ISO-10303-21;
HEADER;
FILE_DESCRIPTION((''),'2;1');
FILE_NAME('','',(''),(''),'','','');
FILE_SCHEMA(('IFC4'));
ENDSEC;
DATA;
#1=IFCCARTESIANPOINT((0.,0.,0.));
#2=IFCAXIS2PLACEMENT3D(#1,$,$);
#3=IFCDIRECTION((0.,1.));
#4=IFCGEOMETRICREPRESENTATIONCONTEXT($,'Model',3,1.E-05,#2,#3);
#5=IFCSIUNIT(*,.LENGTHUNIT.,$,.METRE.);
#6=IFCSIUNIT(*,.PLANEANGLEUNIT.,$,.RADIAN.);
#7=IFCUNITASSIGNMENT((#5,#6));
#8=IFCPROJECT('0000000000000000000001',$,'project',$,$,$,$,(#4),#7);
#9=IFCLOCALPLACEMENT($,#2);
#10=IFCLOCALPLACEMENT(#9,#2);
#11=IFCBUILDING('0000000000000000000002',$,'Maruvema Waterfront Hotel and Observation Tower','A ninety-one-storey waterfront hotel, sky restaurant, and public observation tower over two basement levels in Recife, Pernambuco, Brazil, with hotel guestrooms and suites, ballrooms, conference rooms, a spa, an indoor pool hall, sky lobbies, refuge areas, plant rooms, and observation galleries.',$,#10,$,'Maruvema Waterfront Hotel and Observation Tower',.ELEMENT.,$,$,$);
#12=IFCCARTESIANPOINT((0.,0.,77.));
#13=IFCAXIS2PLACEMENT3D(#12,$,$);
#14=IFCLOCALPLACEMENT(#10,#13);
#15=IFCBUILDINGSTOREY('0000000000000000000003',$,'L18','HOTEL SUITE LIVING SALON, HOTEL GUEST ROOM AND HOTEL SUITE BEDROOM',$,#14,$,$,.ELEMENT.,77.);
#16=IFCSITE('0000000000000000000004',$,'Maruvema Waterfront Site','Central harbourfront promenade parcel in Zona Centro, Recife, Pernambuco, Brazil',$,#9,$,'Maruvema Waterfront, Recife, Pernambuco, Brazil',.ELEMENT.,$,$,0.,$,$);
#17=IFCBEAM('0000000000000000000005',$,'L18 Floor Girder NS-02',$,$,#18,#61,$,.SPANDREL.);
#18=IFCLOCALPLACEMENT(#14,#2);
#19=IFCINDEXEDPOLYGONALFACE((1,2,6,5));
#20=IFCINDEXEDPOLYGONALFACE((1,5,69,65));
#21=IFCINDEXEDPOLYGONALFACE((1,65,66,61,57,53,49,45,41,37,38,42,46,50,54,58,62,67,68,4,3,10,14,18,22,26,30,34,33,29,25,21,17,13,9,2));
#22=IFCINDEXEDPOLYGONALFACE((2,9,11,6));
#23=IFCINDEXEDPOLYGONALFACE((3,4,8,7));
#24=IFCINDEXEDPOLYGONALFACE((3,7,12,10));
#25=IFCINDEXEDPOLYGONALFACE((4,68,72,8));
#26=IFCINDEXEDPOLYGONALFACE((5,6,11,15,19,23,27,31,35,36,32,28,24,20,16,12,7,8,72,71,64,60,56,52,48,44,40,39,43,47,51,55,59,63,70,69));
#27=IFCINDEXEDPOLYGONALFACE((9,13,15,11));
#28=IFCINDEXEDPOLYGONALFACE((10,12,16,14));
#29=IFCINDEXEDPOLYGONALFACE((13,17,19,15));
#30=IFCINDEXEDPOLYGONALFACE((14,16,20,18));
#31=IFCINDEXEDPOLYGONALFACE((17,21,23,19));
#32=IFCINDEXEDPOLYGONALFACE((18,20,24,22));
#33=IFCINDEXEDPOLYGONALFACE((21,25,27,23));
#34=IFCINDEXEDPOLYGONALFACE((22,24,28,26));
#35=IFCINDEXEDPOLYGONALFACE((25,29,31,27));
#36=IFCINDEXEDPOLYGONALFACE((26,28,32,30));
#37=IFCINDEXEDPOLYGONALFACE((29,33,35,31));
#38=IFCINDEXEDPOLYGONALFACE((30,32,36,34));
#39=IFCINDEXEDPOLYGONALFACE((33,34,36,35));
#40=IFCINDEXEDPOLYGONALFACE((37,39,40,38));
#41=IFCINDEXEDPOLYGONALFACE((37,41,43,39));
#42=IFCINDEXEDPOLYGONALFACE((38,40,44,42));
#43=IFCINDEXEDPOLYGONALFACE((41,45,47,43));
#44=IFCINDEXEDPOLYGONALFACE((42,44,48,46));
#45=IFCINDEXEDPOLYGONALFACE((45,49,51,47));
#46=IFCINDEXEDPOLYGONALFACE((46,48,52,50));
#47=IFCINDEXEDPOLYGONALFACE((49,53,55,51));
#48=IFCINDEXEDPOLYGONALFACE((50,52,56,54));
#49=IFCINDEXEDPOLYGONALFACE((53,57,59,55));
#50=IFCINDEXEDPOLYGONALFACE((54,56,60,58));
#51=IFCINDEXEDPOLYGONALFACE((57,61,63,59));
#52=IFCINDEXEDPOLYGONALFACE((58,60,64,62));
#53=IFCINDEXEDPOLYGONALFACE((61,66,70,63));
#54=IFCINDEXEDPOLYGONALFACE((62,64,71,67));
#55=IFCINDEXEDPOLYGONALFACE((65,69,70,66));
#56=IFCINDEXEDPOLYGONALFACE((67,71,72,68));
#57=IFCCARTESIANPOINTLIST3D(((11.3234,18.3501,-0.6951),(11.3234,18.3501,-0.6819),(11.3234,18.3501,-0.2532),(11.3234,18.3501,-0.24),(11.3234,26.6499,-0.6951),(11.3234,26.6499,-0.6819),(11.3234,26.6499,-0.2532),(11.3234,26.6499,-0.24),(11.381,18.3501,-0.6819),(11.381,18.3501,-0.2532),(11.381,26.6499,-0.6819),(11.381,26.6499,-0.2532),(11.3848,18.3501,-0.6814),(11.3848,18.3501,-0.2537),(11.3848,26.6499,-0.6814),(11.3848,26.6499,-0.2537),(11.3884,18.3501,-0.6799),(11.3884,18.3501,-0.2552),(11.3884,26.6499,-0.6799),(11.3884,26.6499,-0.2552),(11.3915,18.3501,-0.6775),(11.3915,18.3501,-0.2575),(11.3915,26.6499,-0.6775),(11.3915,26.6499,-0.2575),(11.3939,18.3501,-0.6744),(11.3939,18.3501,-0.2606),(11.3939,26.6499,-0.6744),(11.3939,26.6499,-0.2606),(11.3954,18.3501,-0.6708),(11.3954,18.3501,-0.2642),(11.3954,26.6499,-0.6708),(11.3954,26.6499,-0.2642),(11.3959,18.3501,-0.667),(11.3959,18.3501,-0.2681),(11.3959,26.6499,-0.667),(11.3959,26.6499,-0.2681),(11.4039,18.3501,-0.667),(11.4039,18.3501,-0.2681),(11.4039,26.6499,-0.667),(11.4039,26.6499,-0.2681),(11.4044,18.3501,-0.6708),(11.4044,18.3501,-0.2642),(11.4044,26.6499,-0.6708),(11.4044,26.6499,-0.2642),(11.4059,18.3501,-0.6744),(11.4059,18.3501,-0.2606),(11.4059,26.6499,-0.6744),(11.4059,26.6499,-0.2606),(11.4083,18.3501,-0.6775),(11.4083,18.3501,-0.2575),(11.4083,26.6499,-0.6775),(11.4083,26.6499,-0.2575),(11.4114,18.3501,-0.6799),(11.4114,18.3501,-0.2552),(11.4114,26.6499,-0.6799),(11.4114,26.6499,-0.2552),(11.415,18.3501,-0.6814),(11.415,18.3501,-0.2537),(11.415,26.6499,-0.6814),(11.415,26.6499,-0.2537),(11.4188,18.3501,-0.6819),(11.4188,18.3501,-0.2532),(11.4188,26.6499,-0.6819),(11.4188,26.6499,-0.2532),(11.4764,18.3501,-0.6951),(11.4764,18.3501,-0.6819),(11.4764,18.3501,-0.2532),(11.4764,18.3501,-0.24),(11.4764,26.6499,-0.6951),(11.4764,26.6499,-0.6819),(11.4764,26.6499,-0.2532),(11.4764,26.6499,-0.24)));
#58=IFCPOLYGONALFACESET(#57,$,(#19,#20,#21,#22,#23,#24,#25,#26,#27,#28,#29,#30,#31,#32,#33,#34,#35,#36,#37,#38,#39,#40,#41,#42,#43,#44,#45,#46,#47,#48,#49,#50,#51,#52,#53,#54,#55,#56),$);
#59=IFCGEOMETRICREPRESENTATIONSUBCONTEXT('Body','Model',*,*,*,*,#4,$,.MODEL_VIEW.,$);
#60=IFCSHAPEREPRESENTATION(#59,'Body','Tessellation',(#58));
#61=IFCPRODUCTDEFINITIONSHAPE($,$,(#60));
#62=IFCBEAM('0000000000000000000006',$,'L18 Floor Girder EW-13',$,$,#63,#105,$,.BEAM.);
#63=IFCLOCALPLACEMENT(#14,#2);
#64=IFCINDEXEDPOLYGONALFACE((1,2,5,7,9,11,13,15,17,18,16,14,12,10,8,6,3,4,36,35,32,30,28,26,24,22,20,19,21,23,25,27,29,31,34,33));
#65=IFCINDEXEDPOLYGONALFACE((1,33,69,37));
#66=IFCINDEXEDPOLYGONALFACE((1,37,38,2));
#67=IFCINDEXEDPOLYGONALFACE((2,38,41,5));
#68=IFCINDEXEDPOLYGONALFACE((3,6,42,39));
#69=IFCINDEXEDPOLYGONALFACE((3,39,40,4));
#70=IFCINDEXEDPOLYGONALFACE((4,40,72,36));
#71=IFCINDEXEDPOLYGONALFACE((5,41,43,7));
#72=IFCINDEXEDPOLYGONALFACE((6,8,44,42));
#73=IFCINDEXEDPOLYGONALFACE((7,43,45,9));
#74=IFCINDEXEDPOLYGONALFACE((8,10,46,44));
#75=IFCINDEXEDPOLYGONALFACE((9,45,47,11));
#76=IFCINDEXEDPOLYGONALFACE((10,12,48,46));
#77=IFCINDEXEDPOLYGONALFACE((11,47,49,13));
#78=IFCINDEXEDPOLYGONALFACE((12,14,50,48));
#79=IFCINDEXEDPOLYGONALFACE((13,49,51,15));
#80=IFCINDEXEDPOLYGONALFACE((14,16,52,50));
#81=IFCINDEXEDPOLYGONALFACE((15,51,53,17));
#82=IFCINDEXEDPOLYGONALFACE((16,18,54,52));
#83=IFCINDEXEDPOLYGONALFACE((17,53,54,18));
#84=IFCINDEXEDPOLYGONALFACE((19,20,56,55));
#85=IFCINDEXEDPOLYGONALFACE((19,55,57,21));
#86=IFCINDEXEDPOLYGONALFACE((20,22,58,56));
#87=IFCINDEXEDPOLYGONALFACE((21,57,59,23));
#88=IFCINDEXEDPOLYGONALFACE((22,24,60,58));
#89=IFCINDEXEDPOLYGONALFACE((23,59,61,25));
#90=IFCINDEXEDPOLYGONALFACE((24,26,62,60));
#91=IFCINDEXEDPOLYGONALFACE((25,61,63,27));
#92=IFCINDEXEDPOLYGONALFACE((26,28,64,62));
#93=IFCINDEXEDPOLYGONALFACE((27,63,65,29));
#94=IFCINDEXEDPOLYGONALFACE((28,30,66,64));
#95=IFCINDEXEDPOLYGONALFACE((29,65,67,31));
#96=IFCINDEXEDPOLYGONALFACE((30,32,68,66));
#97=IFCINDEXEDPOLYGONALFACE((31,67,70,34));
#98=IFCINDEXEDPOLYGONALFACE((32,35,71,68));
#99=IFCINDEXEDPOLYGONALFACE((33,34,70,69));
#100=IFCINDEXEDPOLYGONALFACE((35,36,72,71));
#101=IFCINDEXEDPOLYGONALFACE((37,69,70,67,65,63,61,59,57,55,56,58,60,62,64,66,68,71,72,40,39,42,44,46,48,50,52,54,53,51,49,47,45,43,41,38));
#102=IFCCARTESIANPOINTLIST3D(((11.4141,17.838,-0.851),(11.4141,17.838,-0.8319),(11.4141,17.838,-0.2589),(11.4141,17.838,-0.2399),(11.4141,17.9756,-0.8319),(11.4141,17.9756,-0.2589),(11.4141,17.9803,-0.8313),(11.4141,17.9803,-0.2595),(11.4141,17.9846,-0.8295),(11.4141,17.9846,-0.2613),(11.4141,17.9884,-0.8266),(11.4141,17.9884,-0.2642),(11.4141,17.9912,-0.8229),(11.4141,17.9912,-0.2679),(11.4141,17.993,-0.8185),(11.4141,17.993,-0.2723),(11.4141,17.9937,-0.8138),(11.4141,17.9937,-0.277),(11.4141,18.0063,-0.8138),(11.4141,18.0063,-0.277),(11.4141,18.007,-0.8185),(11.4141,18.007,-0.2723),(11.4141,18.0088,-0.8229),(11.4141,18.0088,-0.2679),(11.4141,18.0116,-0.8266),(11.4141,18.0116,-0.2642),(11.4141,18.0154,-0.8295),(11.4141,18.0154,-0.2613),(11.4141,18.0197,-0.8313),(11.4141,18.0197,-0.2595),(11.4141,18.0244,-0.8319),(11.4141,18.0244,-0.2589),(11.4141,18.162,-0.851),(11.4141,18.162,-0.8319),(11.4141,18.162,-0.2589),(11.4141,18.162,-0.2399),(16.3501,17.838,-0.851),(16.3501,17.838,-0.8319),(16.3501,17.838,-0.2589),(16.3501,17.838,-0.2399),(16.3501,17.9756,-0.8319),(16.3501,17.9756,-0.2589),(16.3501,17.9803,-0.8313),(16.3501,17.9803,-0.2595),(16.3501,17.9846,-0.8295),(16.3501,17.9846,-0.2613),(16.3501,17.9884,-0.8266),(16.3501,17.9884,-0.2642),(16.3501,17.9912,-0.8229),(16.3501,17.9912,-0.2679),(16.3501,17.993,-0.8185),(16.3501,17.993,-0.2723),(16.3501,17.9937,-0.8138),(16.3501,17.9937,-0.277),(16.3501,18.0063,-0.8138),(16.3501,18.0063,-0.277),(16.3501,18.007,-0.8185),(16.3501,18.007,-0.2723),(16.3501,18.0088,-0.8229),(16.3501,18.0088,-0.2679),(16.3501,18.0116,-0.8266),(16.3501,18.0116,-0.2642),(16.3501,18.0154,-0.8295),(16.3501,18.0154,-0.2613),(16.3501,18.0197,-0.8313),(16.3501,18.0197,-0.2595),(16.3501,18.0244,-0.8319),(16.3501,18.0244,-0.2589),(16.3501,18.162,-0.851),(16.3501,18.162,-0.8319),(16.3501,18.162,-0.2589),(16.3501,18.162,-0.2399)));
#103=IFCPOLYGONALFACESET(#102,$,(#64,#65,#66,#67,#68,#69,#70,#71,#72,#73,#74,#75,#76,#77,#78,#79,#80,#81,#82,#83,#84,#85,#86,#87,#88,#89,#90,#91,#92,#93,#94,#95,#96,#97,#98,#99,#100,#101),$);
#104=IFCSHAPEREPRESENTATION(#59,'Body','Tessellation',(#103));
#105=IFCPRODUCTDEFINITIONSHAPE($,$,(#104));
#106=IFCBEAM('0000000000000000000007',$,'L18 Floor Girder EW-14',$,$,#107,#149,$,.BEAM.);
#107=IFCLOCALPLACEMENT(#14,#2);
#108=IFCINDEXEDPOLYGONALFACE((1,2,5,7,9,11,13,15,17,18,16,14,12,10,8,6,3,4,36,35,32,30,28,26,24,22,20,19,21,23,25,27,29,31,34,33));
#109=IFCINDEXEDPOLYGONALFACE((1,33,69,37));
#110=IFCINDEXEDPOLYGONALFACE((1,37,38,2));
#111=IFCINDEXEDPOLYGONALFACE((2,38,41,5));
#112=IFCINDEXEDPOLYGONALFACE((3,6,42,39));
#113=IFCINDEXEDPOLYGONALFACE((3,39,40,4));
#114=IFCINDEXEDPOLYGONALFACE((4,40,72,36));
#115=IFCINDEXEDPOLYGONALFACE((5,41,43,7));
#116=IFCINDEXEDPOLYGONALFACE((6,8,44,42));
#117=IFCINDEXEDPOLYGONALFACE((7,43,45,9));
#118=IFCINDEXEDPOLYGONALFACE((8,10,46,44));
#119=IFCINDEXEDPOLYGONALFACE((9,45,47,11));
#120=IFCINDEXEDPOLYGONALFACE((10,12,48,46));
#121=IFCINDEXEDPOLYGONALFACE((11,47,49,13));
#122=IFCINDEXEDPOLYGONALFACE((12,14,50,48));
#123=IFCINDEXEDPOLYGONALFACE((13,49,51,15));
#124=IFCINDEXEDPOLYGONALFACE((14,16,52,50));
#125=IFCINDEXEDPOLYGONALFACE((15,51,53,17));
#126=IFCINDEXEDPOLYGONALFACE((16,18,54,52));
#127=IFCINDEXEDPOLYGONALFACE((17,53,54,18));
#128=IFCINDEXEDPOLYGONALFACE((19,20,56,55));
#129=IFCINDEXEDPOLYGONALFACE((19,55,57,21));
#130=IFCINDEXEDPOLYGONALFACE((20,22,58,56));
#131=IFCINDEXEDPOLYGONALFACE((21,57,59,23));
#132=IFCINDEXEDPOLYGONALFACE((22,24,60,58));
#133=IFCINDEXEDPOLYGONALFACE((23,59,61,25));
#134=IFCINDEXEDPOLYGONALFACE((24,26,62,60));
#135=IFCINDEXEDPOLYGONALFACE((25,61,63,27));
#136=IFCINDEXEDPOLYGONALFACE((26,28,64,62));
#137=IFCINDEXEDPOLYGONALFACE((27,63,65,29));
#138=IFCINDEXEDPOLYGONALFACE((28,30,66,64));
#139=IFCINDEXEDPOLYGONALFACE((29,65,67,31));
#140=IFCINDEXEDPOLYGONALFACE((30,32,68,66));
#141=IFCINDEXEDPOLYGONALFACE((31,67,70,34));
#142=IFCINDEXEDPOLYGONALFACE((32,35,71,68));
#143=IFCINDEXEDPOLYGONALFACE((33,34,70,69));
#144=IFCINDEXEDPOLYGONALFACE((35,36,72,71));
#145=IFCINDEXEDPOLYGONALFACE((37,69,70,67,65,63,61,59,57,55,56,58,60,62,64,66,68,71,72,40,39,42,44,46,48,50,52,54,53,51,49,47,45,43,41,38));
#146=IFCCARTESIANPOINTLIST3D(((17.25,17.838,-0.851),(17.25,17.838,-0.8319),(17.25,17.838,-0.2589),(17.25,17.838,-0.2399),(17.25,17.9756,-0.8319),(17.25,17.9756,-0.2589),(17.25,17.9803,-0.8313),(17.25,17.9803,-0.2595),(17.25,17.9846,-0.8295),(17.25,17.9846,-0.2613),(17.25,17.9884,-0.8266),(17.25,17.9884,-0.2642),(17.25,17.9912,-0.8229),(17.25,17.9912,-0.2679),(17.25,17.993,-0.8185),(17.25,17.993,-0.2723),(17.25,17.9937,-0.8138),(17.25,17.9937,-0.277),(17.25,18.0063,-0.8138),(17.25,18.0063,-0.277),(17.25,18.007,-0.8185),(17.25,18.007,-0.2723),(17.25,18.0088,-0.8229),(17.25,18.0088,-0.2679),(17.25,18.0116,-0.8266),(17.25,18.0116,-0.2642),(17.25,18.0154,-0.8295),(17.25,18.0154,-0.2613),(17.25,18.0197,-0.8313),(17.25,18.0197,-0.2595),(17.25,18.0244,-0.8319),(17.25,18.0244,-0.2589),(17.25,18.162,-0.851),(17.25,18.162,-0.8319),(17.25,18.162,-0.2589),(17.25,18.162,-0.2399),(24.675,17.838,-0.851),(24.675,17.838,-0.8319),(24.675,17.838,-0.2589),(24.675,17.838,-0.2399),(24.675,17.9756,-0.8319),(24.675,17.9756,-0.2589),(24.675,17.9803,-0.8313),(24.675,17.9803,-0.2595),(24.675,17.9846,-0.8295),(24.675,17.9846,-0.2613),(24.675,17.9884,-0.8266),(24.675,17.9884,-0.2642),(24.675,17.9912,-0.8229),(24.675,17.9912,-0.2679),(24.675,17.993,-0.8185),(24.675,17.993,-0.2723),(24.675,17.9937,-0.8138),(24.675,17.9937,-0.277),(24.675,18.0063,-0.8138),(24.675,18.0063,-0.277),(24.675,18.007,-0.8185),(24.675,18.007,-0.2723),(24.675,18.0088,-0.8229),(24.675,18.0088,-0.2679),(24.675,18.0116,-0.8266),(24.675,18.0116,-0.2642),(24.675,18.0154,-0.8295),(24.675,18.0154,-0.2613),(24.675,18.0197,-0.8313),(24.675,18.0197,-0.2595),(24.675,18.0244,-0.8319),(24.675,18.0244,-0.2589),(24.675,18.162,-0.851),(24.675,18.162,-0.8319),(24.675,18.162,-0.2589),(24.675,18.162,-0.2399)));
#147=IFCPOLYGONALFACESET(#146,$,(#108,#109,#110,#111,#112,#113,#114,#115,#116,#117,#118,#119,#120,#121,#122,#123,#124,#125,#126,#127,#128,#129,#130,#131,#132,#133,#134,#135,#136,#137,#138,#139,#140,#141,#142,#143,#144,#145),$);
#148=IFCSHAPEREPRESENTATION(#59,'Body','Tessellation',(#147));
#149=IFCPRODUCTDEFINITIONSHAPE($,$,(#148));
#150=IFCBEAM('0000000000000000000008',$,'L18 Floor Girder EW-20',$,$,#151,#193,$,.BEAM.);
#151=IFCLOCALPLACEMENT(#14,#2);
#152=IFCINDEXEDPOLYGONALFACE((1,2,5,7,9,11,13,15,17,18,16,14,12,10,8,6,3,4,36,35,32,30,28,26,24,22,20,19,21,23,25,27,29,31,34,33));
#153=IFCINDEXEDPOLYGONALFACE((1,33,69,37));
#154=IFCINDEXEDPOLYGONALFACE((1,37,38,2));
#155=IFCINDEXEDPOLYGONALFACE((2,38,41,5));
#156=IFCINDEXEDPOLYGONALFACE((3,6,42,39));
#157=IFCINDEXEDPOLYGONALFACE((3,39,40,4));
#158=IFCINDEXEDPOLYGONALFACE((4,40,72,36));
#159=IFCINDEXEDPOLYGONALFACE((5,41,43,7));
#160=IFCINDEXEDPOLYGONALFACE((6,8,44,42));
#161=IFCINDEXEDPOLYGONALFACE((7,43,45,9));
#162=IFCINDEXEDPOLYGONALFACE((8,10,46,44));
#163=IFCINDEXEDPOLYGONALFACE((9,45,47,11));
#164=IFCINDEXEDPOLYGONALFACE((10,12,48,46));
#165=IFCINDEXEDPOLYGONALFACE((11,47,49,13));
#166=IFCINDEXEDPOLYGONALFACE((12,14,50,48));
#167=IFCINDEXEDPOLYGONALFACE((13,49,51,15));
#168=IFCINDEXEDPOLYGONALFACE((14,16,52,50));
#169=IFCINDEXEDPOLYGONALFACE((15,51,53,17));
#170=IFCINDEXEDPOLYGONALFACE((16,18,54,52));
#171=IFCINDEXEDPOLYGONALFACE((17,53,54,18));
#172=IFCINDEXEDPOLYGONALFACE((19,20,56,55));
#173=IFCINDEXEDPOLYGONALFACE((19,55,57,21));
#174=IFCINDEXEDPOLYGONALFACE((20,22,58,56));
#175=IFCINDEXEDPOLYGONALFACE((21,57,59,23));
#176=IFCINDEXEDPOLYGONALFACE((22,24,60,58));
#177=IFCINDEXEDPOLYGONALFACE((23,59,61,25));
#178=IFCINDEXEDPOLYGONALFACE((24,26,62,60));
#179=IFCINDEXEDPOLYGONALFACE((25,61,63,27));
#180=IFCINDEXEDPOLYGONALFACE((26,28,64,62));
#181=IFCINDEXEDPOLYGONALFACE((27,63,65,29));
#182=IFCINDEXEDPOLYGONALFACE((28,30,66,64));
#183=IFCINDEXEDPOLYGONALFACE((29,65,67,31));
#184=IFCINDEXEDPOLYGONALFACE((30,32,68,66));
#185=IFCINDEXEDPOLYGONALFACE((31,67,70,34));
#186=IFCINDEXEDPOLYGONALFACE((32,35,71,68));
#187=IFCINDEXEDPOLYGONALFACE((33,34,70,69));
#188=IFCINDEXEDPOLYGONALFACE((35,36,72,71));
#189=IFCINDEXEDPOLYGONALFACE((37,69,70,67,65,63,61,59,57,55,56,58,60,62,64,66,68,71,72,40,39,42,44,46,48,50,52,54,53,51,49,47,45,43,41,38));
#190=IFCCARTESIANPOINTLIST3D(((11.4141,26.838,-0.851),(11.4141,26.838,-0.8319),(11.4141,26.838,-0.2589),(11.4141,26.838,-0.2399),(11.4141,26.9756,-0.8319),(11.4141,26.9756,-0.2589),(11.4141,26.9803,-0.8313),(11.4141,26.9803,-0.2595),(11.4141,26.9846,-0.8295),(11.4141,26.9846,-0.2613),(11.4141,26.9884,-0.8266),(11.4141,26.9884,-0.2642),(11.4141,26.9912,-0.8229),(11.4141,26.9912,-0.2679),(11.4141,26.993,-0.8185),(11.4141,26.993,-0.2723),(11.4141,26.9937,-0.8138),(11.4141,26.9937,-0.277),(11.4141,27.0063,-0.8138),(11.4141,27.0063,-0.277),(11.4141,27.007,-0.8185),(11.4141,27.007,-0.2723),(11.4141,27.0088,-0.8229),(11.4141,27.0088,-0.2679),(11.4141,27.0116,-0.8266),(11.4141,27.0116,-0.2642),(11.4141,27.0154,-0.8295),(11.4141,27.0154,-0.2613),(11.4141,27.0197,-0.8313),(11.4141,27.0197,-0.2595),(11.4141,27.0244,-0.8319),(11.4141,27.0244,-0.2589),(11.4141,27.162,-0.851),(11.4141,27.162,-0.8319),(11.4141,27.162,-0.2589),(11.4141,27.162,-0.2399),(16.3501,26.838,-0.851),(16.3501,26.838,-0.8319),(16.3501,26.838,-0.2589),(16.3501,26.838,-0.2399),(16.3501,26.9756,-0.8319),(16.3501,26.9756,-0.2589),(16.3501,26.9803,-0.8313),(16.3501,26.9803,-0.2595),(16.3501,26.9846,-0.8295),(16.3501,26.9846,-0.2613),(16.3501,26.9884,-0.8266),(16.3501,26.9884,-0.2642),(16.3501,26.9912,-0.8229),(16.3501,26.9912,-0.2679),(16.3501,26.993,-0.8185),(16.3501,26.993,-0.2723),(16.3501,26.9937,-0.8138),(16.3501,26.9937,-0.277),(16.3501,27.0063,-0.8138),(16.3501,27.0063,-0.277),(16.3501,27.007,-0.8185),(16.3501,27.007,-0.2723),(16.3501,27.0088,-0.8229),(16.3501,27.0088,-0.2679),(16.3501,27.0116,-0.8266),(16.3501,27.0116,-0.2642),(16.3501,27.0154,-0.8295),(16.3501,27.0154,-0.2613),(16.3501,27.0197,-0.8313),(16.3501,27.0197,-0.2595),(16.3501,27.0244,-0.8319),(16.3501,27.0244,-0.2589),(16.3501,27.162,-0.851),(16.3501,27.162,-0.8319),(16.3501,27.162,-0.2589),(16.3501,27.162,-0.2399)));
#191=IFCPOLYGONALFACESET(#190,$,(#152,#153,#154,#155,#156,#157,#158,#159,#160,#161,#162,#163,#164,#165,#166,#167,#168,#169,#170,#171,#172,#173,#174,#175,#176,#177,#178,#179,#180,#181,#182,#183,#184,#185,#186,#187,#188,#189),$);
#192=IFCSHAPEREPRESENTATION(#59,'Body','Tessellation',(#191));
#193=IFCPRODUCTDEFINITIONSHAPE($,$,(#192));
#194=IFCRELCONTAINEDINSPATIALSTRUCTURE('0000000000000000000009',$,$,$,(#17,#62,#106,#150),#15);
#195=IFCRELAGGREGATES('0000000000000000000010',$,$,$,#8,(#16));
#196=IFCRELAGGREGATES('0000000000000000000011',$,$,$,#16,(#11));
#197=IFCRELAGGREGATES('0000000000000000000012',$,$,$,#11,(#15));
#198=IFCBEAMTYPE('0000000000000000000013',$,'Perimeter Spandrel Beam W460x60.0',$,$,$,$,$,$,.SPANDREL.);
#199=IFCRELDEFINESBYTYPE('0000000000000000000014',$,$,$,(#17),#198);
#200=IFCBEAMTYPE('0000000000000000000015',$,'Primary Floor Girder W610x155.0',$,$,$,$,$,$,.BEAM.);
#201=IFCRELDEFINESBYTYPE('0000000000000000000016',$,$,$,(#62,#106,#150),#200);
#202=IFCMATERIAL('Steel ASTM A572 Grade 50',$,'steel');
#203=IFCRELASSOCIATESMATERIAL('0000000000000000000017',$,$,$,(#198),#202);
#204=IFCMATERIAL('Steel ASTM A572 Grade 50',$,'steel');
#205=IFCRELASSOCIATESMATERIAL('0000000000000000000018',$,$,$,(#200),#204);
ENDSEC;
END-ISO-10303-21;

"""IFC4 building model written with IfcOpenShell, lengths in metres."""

from ifc_helpers import new_model, si_unit, direction, frame, origin, origin_2d, place, context, subcontext, project, spatial, i_section, extrude, material, material_profile, profile_set, type_object, element, save


model = new_model("IFC4")

# Units and contexts
model_context = context("Model", 3, precision=1e-05, world=origin(), true_north=direction((0.0, 1.0)))
body_context = subcontext(model_context, "Body", "Model", "MODEL_VIEW")
ifc_project = project(units=[si_unit("LENGTHUNIT", "METRE"), si_unit("PLANEANGLEUNIT", "RADIAN")], contexts=[model_context])

# Site, building, storey
site_placement = place(None, origin())
site = spatial("IfcSite", under=ifc_project, at=site_placement, Name="Maruvema Waterfront Site", Description="Central harbourfront promenade parcel in Zona Centro, Recife, Pernambuco, Brazil", LongName="Maruvema Waterfront, Recife, Pernambuco, Brazil", CompositionType="ELEMENT", RefElevation=0.0)
building_placement = place(site_placement, origin())
building = spatial("IfcBuilding", under=site, at=building_placement, Name="Maruvema Waterfront Hotel and Observation Tower", Description="A ninety-one-storey waterfront hotel, sky restaurant, and public observation tower over two basement levels in Recife, Pernambuco, Brazil, with hotel guestrooms and suites, ballrooms, conference rooms, a spa, an indoor pool hall, sky lobbies, refuge areas, plant rooms, and observation galleries.", LongName="Maruvema Waterfront Hotel and Observation Tower", CompositionType="ELEMENT")
storey_placement = place(building_placement, frame((0.0, 0.0, 77.0)))
storey = spatial("IfcBuildingStorey", under=building, at=storey_placement, Name="L18", Description="HOTEL SUITE LIVING SALON, HOTEL GUEST ROOM AND HOTEL SUITE BEDROOM", CompositionType="ELEMENT", Elevation=77.0)

# Beams
ifc_material_1 = material(Name="Steel ASTM A572 Grade 50", Category="steel")
ifc_material_profile_1 = material_profile(ifc_material_1, i_section(OverallWidth=0.1531, OverallDepth=0.4551, WebThickness=0.0081, FlangeThickness=0.0132, FilletRadius=0.0149, at=origin_2d()), Name="W460x60.0")
ifc_profile_set_1 = profile_set([ifc_material_profile_1], Name="Steel ASTM A572 Grade 50")
beam_type_1 = type_object("IfcBeamType", Name="Perimeter Spandrel Beam W460x60.0", PredefinedType="SPANDREL", material=ifc_profile_set_1)
beam_1_placement = place(storey_placement, frame((11.3999, 18.3501, -0.4675), z_axis=(0.0, 1.0, 0.0), x_axis=(-1.0, 0.0, 0.0)))
element("IfcBeam", 1, at=beam_1_placement, inside=storey, type_object=beam_type_1, Name="L18 Floor Girder NS-02", PredefinedType="SPANDREL", context=body_context, shape_type="SweptSolid", body=[
    extrude(i_section(OverallWidth=0.1531, OverallDepth=0.4551, WebThickness=0.0081, FlangeThickness=0.0132, FilletRadius=0.0149, at=origin_2d()), origin(), (0.0, 0.0, 1.0), 8.2998),
])
ifc_material_2 = material(Name="Steel ASTM A572 Grade 50", Category="steel")
ifc_material_profile_2 = material_profile(ifc_material_2, i_section(OverallWidth=0.324, OverallDepth=0.6111, WebThickness=0.0127, FlangeThickness=0.019, FilletRadius=0.0181, at=origin_2d()), Name="W610x155.0")
ifc_profile_set_2 = profile_set([ifc_material_profile_2], Name="Steel ASTM A572 Grade 50")
beam_type_2 = type_object("IfcBeamType", Name="Primary Floor Girder W610x155.0", PredefinedType="BEAM", material=ifc_profile_set_2)
beam_2_placement = place(storey_placement, frame((11.4141, 18.0, -0.5454), z_axis=(1.0, 0.0, 0.0), x_axis=(0.0, 1.0, 0.0)))
element("IfcBeam", 2, at=beam_2_placement, inside=storey, type_object=beam_type_2, Name="L18 Floor Girder EW-13", PredefinedType="BEAM", context=body_context, shape_type="SweptSolid", body=[
    extrude(i_section(OverallWidth=0.324, OverallDepth=0.6111, WebThickness=0.0127, FlangeThickness=0.019, FilletRadius=0.0181, at=origin_2d()), origin(), (0.0, 0.0, 1.0), 4.936),
])
beam_3_placement = place(storey_placement, frame((17.25, 18.0, -0.5454), z_axis=(1.0, 0.0, 0.0), x_axis=(0.0, 1.0, 0.0)))
element("IfcBeam", 3, at=beam_3_placement, inside=storey, type_object=beam_type_2, Name="L18 Floor Girder EW-14", PredefinedType="BEAM", context=body_context, shape_type="SweptSolid", body=[
    extrude(i_section(OverallWidth=0.324, OverallDepth=0.6111, WebThickness=0.0127, FlangeThickness=0.019, FilletRadius=0.0181, at=origin_2d()), origin(), (0.0, 0.0, 1.0), 7.425),
])
beam_4_placement = place(storey_placement, frame((11.4141, 27.0, -0.5454), z_axis=(1.0, 0.0, 0.0), x_axis=(0.0, 1.0, 0.0)))
element("IfcBeam", 4, at=beam_4_placement, inside=storey, type_object=beam_type_2, Name="L18 Floor Girder EW-20", PredefinedType="BEAM", context=body_context, shape_type="SweptSolid", body=[
    extrude(i_section(OverallWidth=0.324, OverallDepth=0.6111, WebThickness=0.0127, FlangeThickness=0.019, FilletRadius=0.0181, at=origin_2d()), origin(), (0.0, 0.0, 1.0), 4.936),
])

save(model, "model.ifc")
